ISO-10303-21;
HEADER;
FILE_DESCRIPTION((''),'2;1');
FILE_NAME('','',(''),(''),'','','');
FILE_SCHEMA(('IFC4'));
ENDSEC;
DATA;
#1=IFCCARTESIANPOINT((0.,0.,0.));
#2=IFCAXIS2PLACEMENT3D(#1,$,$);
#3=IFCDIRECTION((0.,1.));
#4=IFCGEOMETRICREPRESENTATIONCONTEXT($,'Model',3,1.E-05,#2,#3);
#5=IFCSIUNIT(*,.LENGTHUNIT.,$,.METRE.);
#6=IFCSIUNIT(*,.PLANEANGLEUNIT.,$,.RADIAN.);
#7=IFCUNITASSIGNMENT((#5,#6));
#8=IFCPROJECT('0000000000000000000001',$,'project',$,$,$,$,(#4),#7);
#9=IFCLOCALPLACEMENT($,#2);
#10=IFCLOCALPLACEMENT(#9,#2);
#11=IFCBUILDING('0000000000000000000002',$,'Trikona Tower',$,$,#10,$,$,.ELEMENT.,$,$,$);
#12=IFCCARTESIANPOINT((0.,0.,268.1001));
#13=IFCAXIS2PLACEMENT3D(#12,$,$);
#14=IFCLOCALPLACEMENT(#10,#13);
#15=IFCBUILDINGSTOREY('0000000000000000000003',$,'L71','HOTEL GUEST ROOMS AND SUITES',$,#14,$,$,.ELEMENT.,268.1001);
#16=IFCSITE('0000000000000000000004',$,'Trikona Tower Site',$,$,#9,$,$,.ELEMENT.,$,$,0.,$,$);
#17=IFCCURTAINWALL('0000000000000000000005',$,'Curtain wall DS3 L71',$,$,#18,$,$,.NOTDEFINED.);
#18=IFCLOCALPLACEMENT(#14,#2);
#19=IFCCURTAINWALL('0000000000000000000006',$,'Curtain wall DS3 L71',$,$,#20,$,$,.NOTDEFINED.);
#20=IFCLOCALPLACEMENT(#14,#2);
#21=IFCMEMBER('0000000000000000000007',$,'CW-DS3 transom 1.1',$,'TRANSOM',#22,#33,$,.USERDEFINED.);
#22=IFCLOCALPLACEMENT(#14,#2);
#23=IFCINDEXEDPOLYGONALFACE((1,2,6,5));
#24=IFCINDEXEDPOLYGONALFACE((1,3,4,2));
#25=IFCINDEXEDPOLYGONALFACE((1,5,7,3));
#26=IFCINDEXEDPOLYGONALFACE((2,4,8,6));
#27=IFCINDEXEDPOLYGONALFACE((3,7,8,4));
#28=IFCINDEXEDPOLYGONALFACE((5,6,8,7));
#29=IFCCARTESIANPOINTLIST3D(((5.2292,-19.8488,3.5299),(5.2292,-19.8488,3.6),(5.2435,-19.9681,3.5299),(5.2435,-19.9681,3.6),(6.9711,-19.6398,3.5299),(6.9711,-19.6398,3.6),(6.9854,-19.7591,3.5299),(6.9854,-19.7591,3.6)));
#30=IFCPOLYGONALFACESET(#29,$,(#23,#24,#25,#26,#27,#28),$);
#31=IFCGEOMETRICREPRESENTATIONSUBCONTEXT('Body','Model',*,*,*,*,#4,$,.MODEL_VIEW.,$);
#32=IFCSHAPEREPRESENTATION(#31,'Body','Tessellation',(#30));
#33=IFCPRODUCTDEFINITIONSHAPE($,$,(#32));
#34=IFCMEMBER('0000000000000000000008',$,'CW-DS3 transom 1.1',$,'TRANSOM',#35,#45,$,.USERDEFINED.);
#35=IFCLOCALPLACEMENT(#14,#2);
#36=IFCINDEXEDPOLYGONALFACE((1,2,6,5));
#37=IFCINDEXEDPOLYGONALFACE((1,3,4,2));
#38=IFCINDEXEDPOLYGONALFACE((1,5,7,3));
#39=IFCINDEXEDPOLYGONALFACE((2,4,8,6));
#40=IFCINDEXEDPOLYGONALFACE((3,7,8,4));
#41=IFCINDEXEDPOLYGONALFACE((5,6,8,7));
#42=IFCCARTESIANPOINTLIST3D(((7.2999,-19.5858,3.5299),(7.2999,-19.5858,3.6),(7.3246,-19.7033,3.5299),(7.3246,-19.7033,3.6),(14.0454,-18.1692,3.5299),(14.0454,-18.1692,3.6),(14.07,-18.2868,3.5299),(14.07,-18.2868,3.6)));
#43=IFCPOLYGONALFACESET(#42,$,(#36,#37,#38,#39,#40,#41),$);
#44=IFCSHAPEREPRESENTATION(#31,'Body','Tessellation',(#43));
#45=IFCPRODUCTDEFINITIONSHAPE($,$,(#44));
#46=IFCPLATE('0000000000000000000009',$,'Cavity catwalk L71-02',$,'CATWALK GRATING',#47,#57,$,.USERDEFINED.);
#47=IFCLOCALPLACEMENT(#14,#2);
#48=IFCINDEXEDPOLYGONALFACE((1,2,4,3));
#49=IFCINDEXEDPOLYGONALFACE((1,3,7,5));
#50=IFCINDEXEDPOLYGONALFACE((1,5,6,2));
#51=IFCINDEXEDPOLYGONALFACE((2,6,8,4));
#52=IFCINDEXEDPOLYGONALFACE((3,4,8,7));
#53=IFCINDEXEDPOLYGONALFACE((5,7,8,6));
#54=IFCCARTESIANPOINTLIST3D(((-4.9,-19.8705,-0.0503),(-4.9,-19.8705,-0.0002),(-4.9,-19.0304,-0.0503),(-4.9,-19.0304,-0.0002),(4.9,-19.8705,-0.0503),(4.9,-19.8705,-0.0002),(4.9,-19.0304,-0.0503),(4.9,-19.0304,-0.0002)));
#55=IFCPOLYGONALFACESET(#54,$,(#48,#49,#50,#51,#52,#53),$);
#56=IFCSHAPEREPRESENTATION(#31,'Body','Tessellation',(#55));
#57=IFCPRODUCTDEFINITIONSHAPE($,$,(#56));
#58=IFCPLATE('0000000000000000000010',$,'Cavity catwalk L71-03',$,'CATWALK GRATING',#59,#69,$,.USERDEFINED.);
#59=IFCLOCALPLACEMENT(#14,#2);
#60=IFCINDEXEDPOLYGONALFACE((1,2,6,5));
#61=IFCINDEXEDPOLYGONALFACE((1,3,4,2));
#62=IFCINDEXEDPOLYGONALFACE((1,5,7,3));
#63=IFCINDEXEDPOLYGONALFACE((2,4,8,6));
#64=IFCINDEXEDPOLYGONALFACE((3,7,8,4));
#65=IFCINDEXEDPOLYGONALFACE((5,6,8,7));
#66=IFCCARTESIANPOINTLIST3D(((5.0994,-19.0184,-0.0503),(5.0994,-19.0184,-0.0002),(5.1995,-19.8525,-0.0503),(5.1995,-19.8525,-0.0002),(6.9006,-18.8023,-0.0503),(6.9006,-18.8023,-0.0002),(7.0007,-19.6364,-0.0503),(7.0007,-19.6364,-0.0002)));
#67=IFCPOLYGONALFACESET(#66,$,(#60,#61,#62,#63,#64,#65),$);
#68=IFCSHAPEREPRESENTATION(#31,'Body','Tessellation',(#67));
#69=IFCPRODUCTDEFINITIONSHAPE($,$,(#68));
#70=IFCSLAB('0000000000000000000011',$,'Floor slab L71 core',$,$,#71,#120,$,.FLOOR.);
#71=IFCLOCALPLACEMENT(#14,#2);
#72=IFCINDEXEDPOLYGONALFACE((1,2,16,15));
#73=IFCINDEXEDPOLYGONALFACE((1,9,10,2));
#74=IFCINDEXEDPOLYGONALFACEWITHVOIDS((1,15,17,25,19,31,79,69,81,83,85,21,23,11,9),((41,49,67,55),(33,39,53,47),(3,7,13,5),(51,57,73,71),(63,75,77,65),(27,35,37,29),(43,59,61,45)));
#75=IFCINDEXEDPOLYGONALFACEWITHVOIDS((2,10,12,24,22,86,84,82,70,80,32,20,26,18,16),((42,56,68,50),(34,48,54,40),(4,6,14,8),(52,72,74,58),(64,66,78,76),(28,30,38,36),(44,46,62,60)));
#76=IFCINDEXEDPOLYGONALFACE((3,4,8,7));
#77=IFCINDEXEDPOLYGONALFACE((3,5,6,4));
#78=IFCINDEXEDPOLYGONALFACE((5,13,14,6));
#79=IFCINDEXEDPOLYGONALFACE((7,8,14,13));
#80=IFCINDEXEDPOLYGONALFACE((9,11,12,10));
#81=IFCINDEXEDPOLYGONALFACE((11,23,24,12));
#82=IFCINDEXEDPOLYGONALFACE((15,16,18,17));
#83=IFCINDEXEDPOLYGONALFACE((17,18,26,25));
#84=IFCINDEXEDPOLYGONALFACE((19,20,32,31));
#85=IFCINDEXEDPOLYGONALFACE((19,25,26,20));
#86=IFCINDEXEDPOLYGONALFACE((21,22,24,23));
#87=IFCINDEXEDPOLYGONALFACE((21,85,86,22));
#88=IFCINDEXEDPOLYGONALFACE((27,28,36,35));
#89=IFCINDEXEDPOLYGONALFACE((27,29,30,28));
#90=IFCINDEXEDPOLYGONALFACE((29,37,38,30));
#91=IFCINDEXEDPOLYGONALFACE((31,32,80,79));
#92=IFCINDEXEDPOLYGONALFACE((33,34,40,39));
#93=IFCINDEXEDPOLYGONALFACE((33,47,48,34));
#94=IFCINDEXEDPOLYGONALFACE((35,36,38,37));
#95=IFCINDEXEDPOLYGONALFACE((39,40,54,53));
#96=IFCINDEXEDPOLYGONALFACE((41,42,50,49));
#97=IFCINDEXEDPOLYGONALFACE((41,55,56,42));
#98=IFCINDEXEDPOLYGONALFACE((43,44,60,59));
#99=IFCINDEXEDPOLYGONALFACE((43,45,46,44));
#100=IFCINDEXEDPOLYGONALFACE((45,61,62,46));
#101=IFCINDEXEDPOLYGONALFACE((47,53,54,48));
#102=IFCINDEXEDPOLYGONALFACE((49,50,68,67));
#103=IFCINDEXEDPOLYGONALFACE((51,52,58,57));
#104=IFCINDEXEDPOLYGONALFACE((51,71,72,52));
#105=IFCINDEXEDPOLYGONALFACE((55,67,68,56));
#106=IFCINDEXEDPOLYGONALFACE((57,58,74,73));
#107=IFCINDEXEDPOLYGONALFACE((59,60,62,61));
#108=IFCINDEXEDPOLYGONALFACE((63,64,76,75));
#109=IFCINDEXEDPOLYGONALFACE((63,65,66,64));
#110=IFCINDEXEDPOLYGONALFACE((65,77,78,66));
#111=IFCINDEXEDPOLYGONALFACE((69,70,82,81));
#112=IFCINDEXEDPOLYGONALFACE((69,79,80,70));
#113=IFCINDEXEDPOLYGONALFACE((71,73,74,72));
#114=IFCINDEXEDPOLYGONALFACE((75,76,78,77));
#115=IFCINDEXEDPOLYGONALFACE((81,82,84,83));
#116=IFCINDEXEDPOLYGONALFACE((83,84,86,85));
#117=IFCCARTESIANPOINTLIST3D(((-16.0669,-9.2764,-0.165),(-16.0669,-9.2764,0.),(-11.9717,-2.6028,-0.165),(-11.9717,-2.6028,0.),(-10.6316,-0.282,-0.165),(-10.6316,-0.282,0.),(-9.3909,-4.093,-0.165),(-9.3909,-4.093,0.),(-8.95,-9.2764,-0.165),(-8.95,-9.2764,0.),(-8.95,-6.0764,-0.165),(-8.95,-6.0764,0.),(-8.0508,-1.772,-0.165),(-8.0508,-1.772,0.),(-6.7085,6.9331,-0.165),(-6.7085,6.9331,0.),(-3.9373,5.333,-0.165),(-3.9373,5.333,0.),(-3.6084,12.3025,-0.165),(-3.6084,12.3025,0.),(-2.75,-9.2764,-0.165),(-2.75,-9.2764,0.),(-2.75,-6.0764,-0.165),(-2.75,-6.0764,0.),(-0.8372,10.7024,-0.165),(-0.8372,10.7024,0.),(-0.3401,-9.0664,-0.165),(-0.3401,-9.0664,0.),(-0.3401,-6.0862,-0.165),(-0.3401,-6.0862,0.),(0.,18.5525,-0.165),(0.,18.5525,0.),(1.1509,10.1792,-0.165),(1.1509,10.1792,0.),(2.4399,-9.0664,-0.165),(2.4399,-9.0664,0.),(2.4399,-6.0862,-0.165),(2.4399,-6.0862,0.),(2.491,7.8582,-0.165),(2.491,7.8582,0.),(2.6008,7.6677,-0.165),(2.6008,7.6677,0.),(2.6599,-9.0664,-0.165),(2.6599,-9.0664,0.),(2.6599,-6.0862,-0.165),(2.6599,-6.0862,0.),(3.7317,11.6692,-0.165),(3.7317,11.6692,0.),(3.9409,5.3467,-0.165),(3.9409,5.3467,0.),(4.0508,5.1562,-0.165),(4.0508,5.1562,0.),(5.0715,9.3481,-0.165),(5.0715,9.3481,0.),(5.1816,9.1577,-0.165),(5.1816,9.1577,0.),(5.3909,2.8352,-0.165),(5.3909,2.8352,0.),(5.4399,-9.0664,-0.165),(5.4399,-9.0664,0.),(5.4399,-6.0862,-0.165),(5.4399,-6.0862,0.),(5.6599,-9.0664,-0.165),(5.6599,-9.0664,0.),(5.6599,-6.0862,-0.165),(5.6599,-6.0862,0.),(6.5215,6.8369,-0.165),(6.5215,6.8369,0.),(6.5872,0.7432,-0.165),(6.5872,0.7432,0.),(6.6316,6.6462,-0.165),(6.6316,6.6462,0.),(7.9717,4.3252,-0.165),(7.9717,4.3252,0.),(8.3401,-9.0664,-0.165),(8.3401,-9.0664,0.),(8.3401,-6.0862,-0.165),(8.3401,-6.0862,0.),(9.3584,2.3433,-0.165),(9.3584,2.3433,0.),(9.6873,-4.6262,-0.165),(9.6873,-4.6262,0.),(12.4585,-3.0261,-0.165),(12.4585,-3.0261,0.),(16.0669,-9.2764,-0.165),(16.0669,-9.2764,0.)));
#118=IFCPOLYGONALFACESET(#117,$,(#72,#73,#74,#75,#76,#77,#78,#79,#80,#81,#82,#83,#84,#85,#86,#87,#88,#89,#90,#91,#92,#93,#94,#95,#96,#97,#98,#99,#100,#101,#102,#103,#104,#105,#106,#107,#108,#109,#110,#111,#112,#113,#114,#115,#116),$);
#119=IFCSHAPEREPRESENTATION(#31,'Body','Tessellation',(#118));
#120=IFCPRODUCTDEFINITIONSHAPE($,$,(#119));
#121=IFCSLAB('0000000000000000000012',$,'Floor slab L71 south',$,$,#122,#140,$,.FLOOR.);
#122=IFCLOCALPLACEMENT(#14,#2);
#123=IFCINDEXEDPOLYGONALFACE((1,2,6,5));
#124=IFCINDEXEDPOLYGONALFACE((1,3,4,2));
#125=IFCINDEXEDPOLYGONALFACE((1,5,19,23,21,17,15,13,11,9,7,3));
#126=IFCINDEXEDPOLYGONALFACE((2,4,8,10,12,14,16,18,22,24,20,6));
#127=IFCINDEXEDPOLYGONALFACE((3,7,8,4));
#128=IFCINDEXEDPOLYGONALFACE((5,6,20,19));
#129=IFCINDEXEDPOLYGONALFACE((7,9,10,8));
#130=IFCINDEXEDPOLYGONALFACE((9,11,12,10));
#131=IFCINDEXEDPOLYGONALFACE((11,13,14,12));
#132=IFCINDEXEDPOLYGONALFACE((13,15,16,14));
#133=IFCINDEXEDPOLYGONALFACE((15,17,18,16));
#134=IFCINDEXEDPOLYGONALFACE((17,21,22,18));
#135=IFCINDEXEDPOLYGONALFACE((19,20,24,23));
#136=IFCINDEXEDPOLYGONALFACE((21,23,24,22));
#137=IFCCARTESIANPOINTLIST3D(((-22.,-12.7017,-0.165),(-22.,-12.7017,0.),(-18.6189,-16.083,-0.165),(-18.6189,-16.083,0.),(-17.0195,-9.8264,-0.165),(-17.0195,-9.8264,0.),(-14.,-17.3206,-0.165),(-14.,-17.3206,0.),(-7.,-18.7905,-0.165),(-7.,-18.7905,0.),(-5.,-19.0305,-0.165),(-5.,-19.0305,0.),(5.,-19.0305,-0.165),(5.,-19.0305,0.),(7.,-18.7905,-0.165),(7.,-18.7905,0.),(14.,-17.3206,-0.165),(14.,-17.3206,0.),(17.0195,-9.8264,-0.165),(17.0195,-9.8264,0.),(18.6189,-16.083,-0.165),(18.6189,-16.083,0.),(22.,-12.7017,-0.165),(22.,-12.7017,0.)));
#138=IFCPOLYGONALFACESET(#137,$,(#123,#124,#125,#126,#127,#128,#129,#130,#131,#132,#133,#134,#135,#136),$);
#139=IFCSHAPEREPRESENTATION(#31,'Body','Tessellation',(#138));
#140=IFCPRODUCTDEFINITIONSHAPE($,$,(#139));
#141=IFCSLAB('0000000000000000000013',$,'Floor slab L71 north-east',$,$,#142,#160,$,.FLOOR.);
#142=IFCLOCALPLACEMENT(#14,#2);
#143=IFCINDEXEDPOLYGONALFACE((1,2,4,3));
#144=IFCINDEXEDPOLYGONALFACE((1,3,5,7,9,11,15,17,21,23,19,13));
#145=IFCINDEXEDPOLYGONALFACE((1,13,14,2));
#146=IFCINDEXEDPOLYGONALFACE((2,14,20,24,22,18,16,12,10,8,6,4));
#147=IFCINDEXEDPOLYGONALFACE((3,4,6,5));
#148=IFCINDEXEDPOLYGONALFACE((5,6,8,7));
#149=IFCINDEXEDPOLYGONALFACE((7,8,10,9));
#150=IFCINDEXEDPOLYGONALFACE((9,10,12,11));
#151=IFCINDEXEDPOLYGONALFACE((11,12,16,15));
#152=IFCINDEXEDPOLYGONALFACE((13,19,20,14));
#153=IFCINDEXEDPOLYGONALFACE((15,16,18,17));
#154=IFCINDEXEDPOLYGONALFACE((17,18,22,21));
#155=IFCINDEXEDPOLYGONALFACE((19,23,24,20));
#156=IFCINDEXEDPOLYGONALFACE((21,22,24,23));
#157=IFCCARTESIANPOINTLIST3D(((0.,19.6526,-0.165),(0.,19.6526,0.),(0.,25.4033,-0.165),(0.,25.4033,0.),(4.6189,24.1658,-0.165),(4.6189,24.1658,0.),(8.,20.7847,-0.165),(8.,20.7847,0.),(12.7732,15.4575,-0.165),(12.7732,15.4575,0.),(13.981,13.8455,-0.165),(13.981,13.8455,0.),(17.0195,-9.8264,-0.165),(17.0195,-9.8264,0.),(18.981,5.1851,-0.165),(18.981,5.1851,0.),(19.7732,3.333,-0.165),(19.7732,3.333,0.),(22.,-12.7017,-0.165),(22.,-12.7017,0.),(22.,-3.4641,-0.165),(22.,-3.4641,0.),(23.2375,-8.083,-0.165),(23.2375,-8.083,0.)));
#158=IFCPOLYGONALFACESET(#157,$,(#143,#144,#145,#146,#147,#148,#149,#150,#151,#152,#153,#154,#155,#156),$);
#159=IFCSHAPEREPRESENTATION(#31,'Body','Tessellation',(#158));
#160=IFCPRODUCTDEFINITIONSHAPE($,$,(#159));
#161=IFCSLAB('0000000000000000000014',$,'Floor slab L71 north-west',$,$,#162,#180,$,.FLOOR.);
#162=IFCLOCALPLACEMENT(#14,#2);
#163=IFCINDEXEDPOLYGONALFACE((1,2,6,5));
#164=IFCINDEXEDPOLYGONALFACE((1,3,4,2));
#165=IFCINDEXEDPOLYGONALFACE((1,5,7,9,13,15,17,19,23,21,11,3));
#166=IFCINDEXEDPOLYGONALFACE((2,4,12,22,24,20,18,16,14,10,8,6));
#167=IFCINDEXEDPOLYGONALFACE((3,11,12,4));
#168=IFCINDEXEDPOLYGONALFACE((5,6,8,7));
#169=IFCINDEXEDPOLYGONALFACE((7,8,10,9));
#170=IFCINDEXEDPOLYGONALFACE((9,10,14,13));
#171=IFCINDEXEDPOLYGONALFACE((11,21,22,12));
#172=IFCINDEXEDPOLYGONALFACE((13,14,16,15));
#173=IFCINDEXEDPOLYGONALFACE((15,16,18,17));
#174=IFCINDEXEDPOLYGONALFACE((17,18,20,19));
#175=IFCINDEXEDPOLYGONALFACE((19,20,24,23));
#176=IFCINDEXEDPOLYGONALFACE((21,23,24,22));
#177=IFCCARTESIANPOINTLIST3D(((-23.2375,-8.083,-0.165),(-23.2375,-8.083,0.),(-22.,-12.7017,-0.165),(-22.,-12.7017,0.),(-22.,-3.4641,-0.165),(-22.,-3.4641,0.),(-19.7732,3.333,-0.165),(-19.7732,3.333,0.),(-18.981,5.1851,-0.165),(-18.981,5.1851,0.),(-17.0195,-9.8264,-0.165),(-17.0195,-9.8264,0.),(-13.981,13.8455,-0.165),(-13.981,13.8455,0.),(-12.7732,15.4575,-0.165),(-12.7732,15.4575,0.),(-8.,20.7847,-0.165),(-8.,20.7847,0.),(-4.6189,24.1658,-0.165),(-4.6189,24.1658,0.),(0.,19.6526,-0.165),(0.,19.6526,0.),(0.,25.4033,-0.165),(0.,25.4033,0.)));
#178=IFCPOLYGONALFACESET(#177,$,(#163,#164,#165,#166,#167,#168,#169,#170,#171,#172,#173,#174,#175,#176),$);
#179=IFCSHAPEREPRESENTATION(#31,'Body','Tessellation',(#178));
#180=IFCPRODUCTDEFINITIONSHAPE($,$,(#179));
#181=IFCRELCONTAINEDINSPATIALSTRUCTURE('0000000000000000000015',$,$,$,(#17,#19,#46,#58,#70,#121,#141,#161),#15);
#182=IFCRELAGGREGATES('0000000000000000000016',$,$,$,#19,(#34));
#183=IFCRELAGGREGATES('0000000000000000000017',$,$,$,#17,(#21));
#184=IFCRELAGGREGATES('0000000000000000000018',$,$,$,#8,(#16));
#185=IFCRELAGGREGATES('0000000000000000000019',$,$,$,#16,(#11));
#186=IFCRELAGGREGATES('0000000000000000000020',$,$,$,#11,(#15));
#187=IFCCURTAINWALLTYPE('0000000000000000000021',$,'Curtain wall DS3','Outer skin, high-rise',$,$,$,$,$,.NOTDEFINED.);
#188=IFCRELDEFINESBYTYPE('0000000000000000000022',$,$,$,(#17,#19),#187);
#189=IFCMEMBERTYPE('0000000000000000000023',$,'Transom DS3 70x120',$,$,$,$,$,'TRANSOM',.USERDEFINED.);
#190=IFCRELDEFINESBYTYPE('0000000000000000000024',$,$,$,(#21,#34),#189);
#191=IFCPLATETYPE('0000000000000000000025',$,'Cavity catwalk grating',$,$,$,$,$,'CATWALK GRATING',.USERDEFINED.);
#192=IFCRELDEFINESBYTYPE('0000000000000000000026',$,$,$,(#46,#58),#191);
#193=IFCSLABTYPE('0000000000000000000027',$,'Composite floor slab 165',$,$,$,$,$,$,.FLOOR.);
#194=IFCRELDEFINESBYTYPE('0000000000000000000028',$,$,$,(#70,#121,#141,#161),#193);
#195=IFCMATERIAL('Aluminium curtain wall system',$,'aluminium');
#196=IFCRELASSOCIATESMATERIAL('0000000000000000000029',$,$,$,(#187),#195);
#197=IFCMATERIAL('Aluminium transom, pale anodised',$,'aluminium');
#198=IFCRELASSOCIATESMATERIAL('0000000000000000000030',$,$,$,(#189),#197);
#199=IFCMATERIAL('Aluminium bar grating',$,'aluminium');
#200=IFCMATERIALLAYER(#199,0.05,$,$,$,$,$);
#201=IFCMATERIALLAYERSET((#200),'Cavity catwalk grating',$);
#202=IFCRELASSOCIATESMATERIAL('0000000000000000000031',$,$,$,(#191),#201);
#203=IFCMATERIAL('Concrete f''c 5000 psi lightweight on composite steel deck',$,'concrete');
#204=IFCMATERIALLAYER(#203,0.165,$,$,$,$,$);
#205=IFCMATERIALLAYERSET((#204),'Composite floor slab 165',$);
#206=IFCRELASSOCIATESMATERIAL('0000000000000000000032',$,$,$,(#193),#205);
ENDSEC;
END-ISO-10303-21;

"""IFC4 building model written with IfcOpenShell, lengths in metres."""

from ifc_helpers import new_model, si_unit, direction, frame, origin, origin_2d, place, context, subcontext, project, spatial, polyline, rectangle, outline, extrude, material, layer, layer_set, material_profile, profile_set, type_object, element, aggregate, save


model = new_model("IFC4")

# Units and contexts
model_context = context("Model", 3, precision=1e-05, world=origin(), true_north=direction((0.0, 1.0)))
body_context = subcontext(model_context, "Body", "Model", "MODEL_VIEW")
ifc_project = project(units=[si_unit("LENGTHUNIT", "METRE"), si_unit("PLANEANGLEUNIT", "RADIAN")], contexts=[model_context])

# Site, building, storey
site_placement = place(None, origin())
site = spatial("IfcSite", under=ifc_project, at=site_placement, Name="Trikona Tower Site", CompositionType="ELEMENT", RefElevation=0.0)
building_placement = place(site_placement, origin())
building = spatial("IfcBuilding", under=site, at=building_placement, Name="Trikona Tower", CompositionType="ELEMENT")
storey_placement = place(building_placement, frame((0.0, 0.0, 268.1001)))
storey = spatial("IfcBuildingStorey", under=building, at=storey_placement, Name="L71", Description="HOTEL GUEST ROOMS AND SUITES", CompositionType="ELEMENT", Elevation=268.1001)

# Shared definitions
ifc_material_1 = material(Name="Aluminium curtain wall system", Category="aluminium")
curtain_wall_type = type_object("IfcCurtainWallType", Name="Curtain wall DS3", Description="Outer skin, high-rise", PredefinedType="NOTDEFINED", material=ifc_material_1)

# Curtain wall
curtain_wall_1_placement = place(storey_placement, origin())
curtain_wall_1 = element("IfcCurtainWall", 1, at=curtain_wall_1_placement, inside=storey, type_object=curtain_wall_type, Name="Curtain wall DS3 L71", PredefinedType="NOTDEFINED")

# Curtain wall
curtain_wall_2_placement = place(storey_placement, origin())
curtain_wall_2 = element("IfcCurtainWall", 2, at=curtain_wall_2_placement, inside=storey, type_object=curtain_wall_type, Name="Curtain wall DS3 L71", PredefinedType="NOTDEFINED")

# Members
ifc_material_2 = material(Name="Aluminium transom, pale anodised", Category="aluminium")
ifc_material_profile_1 = material_profile(ifc_material_2, rectangle(XDim=0.1201, YDim=0.0701, at=origin_2d()), Name="TRN-DS3")
ifc_profile_set_1 = profile_set([ifc_material_profile_1], Name="Aluminium transom, pale anodised")
member_type_1 = type_object("IfcMemberType", Name="Transom DS3 70x120", ElementType="TRANSOM", PredefinedType="USERDEFINED", material=ifc_profile_set_1)
member_1_placement = place(storey_placement, frame((5.2363, -19.9084, 3.5649), z_axis=(0.99288, 0.119118, 0.0), x_axis=(-0.119118, 0.99288, 0.0)))
member_1 = element("IfcMember", 3, at=member_1_placement, type_object=member_type_1, Name="CW-DS3 transom 1.1", ObjectType="TRANSOM", PredefinedType="USERDEFINED", context=body_context, shape_type="SweptSolid", body=[
    extrude(rectangle(XDim=0.1201, YDim=0.0701, at=origin_2d()), origin(), (0.0, 0.0, 1.0), 1.7544),
])
member_2_placement = place(storey_placement, frame((7.3123, -19.6445, 3.5649), z_axis=(0.978654, 0.205514, 0.0), x_axis=(-0.205514, 0.978654, 0.0)))
member_2 = element("IfcMember", 4, at=member_2_placement, type_object=member_type_1, Name="CW-DS3 transom 1.1", ObjectType="TRANSOM", PredefinedType="USERDEFINED", context=body_context, shape_type="SweptSolid", body=[
    extrude(rectangle(XDim=0.1201, YDim=0.0701, at=origin_2d()), origin(), (0.0, 0.0, 1.0), 6.8926),
])
aggregate(curtain_wall_2, [member_2])

# Plates
ifc_material_3 = material(Name="Aluminium bar grating", Category="aluminium")
ifc_layer_1 = layer(ifc_material_3, 0.05)
ifc_layer_set_1 = layer_set([ifc_layer_1], Name="Cavity catwalk grating")
plate_type_1 = type_object("IfcPlateType", Name="Cavity catwalk grating", ElementType="CATWALK GRATING", PredefinedType="USERDEFINED", material=ifc_layer_set_1)
plate_1_placement = place(storey_placement, frame((0.0, -19.4504, -0.0503), z_axis=(0.0, 0.0, 1.0), x_axis=(1.0, 0.0, 0.0)))
element("IfcPlate", 5, at=plate_1_placement, inside=storey, type_object=plate_type_1, Name="Cavity catwalk L71-02", ObjectType="CATWALK GRATING", PredefinedType="USERDEFINED", context=body_context, shape_type="SweptSolid", body=[
    extrude(rectangle(XDim=9.8, YDim=0.8401, at=origin_2d()), origin(), (0.0, 0.0, 1.0), 0.05),
])
plate_2_placement = place(storey_placement, frame((6.05, -19.3274, -0.0503), z_axis=(0.0, 0.0, 1.0), x_axis=(0.992877, 0.119146, 0.0)))
element("IfcPlate", 6, at=plate_2_placement, inside=storey, type_object=plate_type_1, Name="Cavity catwalk L71-03", ObjectType="CATWALK GRATING", PredefinedType="USERDEFINED", context=body_context, shape_type="SweptSolid", body=[
    extrude(rectangle(XDim=1.8142, YDim=0.8401, at=origin_2d()), origin(), (0.0, 0.0, 1.0), 0.05),
])

# Slabs
ifc_material_4 = material(Name="Concrete f'c 5000 psi lightweight on composite steel deck", Category="concrete")
ifc_layer_2 = layer(ifc_material_4, 0.165)
ifc_layer_set_2 = layer_set([ifc_layer_2], Name="Composite floor slab 165")
slab_type_1 = type_object("IfcSlabType", Name="Composite floor slab 165", PredefinedType="FLOOR", material=ifc_layer_set_2)
slab_1_placement = place(storey_placement, frame((0.0, 0.0, -0.165)))
element("IfcSlab", 7, at=slab_1_placement, inside=storey, type_object=slab_type_1, Name="Floor slab L71 core", PredefinedType="FLOOR", context=body_context, shape_type="SweptSolid", body=[
    extrude(outline(polyline([(-16.0669, -9.2764), (-8.95, -9.2764), (-8.95, -6.0764), (-2.75, -6.0764), (-2.75, -9.2764), (16.0669, -9.2764), (12.4585, -3.0261), (9.6873, -4.6262), (6.5872, 0.7432), (9.3584, 2.3433), (0.0, 18.5525), (-3.6084, 12.3025), (-0.8372, 10.7024), (-3.9373, 5.333), (-6.7085, 6.9331), (-16.0669, -9.2764)]), holes=[polyline([(5.6599, -6.0862), (5.6599, -9.0664), (8.3401, -9.0664), (8.3401, -6.0862), (5.6599, -6.0862)]), polyline([(6.6316, 6.6462), (4.0508, 5.1562), (5.3909, 2.8352), (7.9717, 4.3252), (6.6316, 6.6462)]), polyline([(6.5215, 6.8369), (5.1816, 9.1577), (2.6008, 7.6677), (3.9409, 5.3467), (6.5215, 6.8369)]), polyline([(2.6599, -9.0664), (5.4399, -9.0664), (5.4399, -6.0862), (2.6599, -6.0862), (2.6599, -9.0664)]), polyline([(2.491, 7.8582), (5.0715, 9.3481), (3.7317, 11.6692), (1.1509, 10.1792), (2.491, 7.8582)]), polyline([(2.4399, -9.0664), (2.4399, -6.0862), (-0.3401, -6.0862), (-0.3401, -9.0664), (2.4399, -9.0664)]), polyline([(-11.9717, -2.6028), (-9.3909, -4.093), (-8.0508, -1.772), (-10.6316, -0.282), (-11.9717, -2.6028)])]), origin(), (0.0, 0.0, 1.0), 0.165),
])
slab_2_placement = place(storey_placement, frame((0.0, 0.0, -0.165)))
element("IfcSlab", 8, at=slab_2_placement, inside=storey, type_object=slab_type_1, Name="Floor slab L71 south", PredefinedType="FLOOR", context=body_context, shape_type="SweptSolid", body=[
    extrude(outline(polyline([(18.6189, -16.083), (22.0, -12.7017), (17.0195, -9.8264), (-17.0195, -9.8264), (-22.0, -12.7017), (-18.6189, -16.083), (-14.0, -17.3206), (-7.0, -18.7905), (-5.0, -19.0305), (5.0, -19.0305), (7.0, -18.7905), (14.0, -17.3206), (18.6189, -16.083)])), origin(), (0.0, 0.0, 1.0), 0.165),
])
slab_3_placement = place(storey_placement, frame((0.0, 0.0, -0.165)))
element("IfcSlab", 9, at=slab_3_placement, inside=storey, type_object=slab_type_1, Name="Floor slab L71 north-east", PredefinedType="FLOOR", context=body_context, shape_type="SweptSolid", body=[
    extrude(outline(polyline([(4.6189, 24.1658), (0.0, 25.4033), (0.0, 19.6526), (17.0195, -9.8264), (22.0, -12.7017), (23.2375, -8.083), (22.0, -3.4641), (19.7732, 3.333), (18.981, 5.1851), (13.981, 13.8455), (12.7732, 15.4575), (8.0, 20.7847), (4.6189, 24.1658)])), origin(), (0.0, 0.0, 1.0), 0.165),
])
slab_4_placement = place(storey_placement, frame((0.0, 0.0, -0.165)))
element("IfcSlab", 10, at=slab_4_placement, inside=storey, type_object=slab_type_1, Name="Floor slab L71 north-west", PredefinedType="FLOOR", context=body_context, shape_type="SweptSolid", body=[
    extrude(outline(polyline([(0.0, 19.6526), (0.0, 25.4033), (-4.6189, 24.1658), (-8.0, 20.7847), (-12.7732, 15.4575), (-13.981, 13.8455), (-18.981, 5.1851), (-19.7732, 3.333), (-22.0, -3.4641), (-23.2375, -8.083), (-22.0, -12.7017), (-17.0195, -9.8264), (0.0, 19.6526)])), origin(), (0.0, 0.0, 1.0), 0.165),
])

aggregate(curtain_wall_1, [member_1])

save(model, "model.ifc")
